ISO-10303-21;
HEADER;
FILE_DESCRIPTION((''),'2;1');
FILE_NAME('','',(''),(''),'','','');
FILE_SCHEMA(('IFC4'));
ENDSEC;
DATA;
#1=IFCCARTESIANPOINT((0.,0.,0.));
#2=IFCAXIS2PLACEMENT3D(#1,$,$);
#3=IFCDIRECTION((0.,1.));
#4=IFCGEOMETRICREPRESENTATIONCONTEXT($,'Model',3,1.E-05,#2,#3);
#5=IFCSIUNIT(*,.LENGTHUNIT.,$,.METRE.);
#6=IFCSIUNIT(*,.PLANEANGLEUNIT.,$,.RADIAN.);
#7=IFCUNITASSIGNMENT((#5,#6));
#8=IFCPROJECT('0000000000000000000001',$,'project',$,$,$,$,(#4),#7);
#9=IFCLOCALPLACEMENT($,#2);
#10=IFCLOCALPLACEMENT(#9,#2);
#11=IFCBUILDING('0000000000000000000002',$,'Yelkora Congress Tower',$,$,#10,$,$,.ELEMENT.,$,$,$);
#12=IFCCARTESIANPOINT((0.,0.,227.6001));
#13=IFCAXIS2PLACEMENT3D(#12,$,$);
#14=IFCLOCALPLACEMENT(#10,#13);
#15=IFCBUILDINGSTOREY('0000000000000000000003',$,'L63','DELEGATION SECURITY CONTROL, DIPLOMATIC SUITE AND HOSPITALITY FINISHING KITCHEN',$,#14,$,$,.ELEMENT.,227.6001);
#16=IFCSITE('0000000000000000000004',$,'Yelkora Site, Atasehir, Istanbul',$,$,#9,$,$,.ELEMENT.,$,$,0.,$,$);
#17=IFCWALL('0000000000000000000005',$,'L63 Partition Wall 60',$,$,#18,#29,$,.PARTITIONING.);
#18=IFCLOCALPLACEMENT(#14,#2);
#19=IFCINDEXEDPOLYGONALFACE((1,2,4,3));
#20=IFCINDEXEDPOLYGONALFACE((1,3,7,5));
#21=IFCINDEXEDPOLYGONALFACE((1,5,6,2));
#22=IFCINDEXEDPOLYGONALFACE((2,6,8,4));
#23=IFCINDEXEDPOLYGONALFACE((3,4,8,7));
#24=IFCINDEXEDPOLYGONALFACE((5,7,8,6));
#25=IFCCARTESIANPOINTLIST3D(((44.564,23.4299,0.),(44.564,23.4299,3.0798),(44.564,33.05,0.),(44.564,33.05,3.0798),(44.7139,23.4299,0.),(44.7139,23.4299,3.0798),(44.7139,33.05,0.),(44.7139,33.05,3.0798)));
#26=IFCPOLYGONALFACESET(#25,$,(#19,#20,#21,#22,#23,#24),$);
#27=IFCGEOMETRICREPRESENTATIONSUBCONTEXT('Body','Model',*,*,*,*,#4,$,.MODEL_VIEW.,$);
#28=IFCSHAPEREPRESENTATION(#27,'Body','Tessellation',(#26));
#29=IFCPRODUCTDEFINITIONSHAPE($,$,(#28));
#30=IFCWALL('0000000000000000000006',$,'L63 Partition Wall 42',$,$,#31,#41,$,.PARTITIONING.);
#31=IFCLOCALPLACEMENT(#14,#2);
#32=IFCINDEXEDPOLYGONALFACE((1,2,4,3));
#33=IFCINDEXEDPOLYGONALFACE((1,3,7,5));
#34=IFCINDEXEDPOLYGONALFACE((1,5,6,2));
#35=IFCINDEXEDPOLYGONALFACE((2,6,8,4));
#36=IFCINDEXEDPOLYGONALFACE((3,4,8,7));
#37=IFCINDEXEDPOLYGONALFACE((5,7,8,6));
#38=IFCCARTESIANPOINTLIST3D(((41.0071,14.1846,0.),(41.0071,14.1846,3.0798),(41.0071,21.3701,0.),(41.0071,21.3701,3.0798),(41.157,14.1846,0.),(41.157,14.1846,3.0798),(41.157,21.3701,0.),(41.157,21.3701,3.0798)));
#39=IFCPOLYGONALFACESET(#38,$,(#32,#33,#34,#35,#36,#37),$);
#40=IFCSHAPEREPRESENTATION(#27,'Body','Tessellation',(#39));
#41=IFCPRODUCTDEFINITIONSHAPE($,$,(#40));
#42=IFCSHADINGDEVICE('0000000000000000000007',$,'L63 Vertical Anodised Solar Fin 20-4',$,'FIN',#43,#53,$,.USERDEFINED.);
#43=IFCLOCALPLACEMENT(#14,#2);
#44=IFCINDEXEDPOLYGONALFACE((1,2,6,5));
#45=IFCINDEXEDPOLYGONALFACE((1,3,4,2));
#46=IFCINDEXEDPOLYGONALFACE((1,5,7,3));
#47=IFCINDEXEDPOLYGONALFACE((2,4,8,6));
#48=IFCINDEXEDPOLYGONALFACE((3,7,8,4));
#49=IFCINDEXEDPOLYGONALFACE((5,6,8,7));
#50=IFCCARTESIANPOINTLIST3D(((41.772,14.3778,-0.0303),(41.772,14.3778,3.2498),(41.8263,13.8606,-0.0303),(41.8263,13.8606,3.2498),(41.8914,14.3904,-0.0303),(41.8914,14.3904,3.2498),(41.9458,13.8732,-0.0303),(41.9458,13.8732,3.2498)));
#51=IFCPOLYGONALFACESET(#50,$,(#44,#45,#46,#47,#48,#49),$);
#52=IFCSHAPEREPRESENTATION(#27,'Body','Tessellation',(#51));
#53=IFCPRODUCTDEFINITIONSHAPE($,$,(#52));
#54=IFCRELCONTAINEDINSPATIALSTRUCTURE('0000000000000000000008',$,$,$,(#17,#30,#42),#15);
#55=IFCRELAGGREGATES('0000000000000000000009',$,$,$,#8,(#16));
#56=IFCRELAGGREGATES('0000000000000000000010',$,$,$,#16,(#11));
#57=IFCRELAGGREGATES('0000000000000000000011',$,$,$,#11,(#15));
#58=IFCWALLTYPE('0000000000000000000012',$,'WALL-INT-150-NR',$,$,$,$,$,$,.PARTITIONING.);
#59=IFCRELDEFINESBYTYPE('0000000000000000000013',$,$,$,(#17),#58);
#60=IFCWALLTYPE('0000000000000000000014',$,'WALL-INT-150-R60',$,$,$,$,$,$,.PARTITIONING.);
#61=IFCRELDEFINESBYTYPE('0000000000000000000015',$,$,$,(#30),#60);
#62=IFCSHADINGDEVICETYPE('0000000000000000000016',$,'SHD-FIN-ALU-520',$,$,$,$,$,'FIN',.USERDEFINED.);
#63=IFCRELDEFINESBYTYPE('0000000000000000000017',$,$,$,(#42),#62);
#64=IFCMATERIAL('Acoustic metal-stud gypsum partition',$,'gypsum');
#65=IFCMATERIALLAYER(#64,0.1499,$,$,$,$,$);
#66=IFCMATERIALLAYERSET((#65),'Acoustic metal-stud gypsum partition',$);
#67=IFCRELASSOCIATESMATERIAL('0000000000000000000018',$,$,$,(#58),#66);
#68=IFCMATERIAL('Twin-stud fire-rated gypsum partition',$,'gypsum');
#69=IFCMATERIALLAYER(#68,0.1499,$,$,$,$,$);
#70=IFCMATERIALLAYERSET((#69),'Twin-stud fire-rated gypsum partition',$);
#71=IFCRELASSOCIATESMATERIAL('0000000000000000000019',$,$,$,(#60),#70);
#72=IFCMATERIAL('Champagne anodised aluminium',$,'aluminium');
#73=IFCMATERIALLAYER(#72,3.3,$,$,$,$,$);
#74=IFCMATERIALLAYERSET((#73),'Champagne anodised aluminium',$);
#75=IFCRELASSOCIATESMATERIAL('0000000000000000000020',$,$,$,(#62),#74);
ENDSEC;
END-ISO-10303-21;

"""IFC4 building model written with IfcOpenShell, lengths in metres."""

from ifc_helpers import new_model, si_unit, direction, frame, frame_2d, origin, origin_2d, place, context, subcontext, project, spatial, rectangle, extrude, material, layer, layer_set, type_object, element, save


model = new_model("IFC4")

# Units and contexts
model_context = context("Model", 3, precision=1e-05, world=origin(), true_north=direction((0.0, 1.0)))
body_context = subcontext(model_context, "Body", "Model", "MODEL_VIEW")
ifc_project = project(units=[si_unit("LENGTHUNIT", "METRE"), si_unit("PLANEANGLEUNIT", "RADIAN")], contexts=[model_context])

# Site, building, storey
site_placement = place(None, origin())
site = spatial("IfcSite", under=ifc_project, at=site_placement, Name="Yelkora Site, Atasehir, Istanbul", CompositionType="ELEMENT", RefElevation=0.0)
building_placement = place(site_placement, origin())
building = spatial("IfcBuilding", under=site, at=building_placement, Name="Yelkora Congress Tower", CompositionType="ELEMENT")
storey_placement = place(building_placement, frame((0.0, 0.0, 227.6001)))
storey = spatial("IfcBuildingStorey", under=building, at=storey_placement, Name="L63", Description="DELEGATION SECURITY CONTROL, DIPLOMATIC SUITE AND HOSPITALITY FINISHING KITCHEN", CompositionType="ELEMENT", Elevation=227.6001)

# Walls
ifc_material_1 = material(Name="Acoustic metal-stud gypsum partition", Category="gypsum")
ifc_layer_1 = layer(ifc_material_1, 0.1499)
ifc_layer_set_1 = layer_set([ifc_layer_1], Name="Acoustic metal-stud gypsum partition")
wall_type_1 = type_object("IfcWallType", Name="WALL-INT-150-NR", PredefinedType="PARTITIONING", material=ifc_layer_set_1)
for number, where, z_axis, x_axis, name in (
    (1, (44.6389, 23.4299, 0.0), (0.0, 0.0, 1.0), (0.0, 1.0, 0.0), "L63 Partition Wall 60"),
):
    element("IfcWall", number, at=place(storey_placement, frame(where, z_axis=z_axis, x_axis=x_axis)), inside=storey, type_object=wall_type_1, Name=name, PredefinedType="PARTITIONING", context=body_context, shape_type="SweptSolid", body=[
        extrude(rectangle(XDim=9.6201, YDim=0.1499, at=frame_2d((4.8101, 0.0))), origin(), (0.0, 0.0, 1.0), 3.0798),
    ])
ifc_material_2 = material(Name="Twin-stud fire-rated gypsum partition", Category="gypsum")
ifc_layer_2 = layer(ifc_material_2, 0.1499)
ifc_layer_set_2 = layer_set([ifc_layer_2], Name="Twin-stud fire-rated gypsum partition")
wall_type_2 = type_object("IfcWallType", Name="WALL-INT-150-R60", PredefinedType="PARTITIONING", material=ifc_layer_set_2)
wall_1_placement = place(storey_placement, frame((41.082, 14.1846, 0.0), z_axis=(0.0, 0.0, 1.0), x_axis=(0.0, 1.0, 0.0)))
element("IfcWall", 2, at=wall_1_placement, inside=storey, type_object=wall_type_2, Name="L63 Partition Wall 42", PredefinedType="PARTITIONING", context=body_context, shape_type="SweptSolid", body=[
    extrude(rectangle(XDim=7.1855, YDim=0.1499, at=frame_2d((3.5928, 0.0))), origin(), (0.0, 0.0, 1.0), 3.0798),
])

# Shading device
ifc_material_3 = material(Name="Champagne anodised aluminium", Category="aluminium")
ifc_layer_3 = layer(ifc_material_3, 3.3)
ifc_layer_set_3 = layer_set([ifc_layer_3], Name="Champagne anodised aluminium")
shading_device_type = type_object("IfcShadingDeviceType", Name="SHD-FIN-ALU-520", ElementType="FIN", PredefinedType="USERDEFINED", material=ifc_layer_set_3)
shading_device_placement = place(storey_placement, frame((41.8589, 14.1255, -0.0303), z_axis=(0.0, 0.0, 1.0), x_axis=(-0.994522, -0.104528, 0.0)))
element("IfcShadingDevice", 3, at=shading_device_placement, inside=storey, type_object=shading_device_type, Name="L63 Vertical Anodised Solar Fin 20-4", ObjectType="FIN", PredefinedType="USERDEFINED", context=body_context, shape_type="SweptSolid", body=[
    extrude(rectangle(XDim=0.1201, YDim=0.52, at=origin_2d()), origin(), (0.0, 0.0, 1.0), 3.28),
])

save(model, "model.ifc")
